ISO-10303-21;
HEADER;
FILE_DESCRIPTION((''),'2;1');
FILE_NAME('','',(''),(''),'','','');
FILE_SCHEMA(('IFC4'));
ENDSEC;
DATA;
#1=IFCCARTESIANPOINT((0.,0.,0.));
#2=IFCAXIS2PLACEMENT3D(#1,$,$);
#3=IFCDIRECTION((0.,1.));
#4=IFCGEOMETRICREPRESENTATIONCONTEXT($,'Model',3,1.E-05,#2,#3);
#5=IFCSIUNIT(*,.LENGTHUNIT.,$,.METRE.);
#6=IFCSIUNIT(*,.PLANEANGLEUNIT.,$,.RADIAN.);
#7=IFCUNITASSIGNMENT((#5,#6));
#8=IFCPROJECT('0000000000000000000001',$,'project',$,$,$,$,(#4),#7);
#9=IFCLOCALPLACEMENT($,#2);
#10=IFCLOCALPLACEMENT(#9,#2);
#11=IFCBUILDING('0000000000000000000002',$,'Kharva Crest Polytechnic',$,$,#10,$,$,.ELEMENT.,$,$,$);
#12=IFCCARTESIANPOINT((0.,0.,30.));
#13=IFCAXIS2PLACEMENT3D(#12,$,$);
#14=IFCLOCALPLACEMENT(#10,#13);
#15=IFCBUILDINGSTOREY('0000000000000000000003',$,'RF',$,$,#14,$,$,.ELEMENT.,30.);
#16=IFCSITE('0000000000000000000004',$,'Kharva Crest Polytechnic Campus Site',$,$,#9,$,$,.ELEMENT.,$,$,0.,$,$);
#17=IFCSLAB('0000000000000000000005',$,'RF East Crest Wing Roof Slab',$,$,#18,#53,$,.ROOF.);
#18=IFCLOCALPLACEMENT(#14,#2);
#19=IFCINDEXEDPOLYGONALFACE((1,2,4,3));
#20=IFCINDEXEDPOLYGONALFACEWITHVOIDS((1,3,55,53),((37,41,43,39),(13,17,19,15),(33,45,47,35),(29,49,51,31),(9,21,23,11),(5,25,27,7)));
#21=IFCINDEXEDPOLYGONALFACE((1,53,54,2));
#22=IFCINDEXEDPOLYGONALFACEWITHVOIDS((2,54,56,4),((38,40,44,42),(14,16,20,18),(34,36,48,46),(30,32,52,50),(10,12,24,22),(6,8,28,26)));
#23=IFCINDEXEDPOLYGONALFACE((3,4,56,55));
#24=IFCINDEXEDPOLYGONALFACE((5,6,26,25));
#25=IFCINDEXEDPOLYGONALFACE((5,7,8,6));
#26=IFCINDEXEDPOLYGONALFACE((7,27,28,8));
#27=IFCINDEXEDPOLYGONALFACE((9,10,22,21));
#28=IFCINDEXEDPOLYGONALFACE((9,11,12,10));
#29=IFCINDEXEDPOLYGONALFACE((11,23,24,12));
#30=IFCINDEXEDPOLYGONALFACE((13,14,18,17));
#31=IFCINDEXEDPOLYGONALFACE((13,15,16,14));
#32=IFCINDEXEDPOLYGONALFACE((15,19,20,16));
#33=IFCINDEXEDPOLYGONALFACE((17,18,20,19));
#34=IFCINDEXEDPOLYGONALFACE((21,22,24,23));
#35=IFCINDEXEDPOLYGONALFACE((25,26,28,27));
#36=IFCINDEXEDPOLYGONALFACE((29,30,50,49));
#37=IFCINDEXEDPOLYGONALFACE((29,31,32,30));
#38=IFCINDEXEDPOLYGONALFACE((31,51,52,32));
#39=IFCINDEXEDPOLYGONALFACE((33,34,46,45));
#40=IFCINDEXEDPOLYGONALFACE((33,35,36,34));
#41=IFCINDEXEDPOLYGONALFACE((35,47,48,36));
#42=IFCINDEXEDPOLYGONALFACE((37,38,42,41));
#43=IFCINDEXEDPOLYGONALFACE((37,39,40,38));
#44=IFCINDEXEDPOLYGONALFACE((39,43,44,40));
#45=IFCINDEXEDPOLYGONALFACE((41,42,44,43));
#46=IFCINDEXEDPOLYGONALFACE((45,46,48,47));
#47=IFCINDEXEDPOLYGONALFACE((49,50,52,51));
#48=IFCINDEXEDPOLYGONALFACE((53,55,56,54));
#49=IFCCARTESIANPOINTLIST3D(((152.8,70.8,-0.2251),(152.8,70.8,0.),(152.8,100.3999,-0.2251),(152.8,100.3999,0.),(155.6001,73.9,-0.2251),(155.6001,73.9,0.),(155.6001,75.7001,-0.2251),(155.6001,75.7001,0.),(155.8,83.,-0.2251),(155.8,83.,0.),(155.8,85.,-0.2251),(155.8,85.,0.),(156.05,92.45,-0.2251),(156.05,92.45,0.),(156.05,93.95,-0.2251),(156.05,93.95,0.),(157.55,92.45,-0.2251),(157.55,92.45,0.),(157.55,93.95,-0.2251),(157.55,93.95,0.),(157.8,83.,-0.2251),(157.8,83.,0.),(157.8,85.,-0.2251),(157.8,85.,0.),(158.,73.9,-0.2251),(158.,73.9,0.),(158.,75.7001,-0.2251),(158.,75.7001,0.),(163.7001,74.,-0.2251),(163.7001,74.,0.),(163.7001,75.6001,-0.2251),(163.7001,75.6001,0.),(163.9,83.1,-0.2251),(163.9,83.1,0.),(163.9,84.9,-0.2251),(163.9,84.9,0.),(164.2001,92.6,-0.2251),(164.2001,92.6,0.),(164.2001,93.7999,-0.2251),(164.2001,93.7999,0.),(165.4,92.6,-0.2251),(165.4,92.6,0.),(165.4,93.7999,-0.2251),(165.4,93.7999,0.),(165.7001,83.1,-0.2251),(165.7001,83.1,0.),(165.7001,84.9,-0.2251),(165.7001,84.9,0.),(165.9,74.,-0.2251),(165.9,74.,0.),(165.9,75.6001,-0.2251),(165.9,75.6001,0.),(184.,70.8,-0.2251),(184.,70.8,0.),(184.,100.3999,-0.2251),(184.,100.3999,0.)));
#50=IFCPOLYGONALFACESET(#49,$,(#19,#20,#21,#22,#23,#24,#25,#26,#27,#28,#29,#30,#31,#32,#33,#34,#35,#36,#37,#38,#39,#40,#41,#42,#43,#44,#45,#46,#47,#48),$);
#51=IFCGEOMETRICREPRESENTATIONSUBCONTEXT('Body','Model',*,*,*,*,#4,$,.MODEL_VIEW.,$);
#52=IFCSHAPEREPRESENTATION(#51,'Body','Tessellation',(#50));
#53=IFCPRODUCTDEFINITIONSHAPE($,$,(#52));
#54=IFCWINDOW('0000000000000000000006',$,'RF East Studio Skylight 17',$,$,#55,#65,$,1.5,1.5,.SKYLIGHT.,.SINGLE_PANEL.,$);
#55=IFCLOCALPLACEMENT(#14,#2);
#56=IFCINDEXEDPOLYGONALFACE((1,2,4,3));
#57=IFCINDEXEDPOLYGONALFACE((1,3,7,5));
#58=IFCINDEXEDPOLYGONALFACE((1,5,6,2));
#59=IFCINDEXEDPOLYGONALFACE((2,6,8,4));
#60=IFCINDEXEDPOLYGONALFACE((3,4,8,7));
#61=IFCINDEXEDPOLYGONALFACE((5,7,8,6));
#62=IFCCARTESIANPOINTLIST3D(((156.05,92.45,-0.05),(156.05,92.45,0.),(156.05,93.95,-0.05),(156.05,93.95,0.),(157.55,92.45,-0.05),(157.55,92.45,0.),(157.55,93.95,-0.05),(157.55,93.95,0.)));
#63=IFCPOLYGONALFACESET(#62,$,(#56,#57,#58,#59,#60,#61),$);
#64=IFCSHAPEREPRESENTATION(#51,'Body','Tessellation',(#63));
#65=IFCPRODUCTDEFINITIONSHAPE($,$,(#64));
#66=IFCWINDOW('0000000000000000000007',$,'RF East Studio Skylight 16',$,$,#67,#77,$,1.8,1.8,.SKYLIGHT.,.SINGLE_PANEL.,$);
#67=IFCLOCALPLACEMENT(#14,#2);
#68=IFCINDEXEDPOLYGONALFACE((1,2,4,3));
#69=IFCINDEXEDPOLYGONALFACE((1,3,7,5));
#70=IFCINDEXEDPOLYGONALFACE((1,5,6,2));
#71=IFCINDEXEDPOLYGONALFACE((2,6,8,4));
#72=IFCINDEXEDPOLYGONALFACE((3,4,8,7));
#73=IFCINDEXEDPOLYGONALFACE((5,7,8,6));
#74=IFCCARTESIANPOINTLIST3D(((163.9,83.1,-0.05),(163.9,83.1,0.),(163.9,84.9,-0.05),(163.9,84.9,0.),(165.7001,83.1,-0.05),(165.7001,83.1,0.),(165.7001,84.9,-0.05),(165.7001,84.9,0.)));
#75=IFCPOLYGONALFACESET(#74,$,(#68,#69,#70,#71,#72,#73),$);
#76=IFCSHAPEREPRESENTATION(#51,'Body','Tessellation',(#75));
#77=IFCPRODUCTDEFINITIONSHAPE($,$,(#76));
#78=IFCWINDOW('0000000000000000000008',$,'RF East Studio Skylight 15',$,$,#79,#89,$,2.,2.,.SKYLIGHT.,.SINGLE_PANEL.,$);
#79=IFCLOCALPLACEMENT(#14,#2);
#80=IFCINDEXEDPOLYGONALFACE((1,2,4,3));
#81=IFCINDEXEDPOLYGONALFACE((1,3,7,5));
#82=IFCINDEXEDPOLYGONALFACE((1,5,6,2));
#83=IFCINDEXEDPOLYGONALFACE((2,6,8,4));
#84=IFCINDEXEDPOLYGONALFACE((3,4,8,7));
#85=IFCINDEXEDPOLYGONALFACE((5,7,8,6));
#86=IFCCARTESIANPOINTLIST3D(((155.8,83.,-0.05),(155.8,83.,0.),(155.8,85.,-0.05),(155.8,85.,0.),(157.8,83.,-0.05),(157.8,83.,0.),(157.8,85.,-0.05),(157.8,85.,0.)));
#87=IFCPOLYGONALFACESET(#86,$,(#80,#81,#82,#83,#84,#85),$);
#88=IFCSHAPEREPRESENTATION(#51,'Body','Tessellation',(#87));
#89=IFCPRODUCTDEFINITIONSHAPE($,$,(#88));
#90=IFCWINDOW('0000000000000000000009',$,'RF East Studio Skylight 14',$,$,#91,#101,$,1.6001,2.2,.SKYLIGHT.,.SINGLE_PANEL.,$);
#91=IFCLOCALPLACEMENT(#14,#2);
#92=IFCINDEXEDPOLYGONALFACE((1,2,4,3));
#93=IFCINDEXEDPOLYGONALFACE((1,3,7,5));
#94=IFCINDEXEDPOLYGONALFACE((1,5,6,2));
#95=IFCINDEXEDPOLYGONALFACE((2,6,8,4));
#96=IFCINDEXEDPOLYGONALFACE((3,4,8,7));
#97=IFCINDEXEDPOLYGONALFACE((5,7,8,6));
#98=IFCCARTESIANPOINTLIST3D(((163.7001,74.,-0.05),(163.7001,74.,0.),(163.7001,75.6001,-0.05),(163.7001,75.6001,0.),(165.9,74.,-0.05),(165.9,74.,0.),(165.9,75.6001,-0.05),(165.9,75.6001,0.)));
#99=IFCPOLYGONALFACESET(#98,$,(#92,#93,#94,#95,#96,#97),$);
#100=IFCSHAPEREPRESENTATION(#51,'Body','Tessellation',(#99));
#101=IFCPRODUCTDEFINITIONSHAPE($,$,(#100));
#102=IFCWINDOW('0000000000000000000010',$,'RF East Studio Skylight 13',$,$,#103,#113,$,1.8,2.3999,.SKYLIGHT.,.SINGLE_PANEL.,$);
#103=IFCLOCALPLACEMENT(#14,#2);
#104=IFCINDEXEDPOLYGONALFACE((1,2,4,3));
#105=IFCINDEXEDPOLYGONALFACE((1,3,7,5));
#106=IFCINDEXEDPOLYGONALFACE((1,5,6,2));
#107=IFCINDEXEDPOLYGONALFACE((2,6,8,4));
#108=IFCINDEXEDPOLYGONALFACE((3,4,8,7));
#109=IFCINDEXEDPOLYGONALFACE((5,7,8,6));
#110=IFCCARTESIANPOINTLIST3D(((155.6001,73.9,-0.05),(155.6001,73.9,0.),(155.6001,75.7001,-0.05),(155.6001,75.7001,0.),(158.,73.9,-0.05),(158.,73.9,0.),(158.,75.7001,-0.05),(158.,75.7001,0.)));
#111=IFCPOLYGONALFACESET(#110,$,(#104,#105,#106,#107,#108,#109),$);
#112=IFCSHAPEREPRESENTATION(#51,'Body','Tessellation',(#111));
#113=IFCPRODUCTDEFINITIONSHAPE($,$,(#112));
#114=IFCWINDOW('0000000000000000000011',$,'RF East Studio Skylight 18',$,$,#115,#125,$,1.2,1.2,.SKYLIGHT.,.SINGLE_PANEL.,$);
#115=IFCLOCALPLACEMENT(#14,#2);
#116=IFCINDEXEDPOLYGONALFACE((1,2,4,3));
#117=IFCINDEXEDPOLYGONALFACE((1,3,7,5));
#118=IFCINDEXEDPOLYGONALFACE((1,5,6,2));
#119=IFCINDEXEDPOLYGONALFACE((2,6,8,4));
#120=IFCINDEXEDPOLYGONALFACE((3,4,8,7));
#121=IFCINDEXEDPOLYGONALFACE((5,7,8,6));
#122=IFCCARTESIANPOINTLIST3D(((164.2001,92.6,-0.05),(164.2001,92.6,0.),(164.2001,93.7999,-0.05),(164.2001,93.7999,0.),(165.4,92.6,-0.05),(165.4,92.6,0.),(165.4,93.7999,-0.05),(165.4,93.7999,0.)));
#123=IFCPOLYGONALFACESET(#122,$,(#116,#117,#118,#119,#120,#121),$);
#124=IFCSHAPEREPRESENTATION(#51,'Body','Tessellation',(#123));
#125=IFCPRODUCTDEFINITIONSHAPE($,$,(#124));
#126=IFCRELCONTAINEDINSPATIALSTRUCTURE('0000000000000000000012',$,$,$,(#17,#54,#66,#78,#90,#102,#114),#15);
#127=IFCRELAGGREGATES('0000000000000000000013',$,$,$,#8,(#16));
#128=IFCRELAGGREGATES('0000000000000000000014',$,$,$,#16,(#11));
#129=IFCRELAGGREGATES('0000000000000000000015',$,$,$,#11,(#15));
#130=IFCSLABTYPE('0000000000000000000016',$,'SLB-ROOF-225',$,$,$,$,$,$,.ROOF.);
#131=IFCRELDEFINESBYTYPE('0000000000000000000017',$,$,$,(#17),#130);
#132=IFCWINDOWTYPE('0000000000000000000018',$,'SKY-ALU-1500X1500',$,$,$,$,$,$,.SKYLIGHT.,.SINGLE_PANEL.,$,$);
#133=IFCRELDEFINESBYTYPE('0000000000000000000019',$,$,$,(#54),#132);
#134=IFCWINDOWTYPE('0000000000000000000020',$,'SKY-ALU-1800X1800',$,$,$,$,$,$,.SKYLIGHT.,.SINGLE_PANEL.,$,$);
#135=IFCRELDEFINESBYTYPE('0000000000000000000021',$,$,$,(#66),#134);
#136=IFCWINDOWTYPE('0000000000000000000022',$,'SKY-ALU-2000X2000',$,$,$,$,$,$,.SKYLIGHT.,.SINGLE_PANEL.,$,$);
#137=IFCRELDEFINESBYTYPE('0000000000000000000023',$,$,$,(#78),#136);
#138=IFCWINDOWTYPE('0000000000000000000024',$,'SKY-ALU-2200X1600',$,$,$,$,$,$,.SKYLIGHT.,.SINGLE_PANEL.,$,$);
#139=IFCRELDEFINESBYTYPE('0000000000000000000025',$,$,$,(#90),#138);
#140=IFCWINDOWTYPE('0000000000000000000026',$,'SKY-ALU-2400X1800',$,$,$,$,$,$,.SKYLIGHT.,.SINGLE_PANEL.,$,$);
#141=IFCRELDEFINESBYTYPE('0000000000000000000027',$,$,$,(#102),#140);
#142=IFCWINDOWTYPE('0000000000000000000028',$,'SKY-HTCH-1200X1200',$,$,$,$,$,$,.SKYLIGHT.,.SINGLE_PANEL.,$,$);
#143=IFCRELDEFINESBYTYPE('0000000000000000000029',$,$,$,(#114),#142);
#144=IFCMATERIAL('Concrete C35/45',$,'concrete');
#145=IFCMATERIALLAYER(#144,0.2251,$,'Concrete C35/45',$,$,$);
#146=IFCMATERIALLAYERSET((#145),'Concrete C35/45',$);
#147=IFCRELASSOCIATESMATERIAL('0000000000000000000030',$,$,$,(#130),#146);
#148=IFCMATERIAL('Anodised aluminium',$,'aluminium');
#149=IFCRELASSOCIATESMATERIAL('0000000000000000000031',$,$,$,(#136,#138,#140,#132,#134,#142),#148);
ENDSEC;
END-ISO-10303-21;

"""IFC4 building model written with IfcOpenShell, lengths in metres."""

from ifc_helpers import new_model, si_unit, direction, frame, origin, origin_2d, place, context, subcontext, project, spatial, polyline, rectangle, outline, extrude, material, layer, layer_set, type_object, element, fill, save


model = new_model("IFC4")

# Units and contexts
model_context = context("Model", 3, precision=1e-05, world=origin(), true_north=direction((0.0, 1.0)))
body_context = subcontext(model_context, "Body", "Model", "MODEL_VIEW")
ifc_project = project(units=[si_unit("LENGTHUNIT", "METRE"), si_unit("PLANEANGLEUNIT", "RADIAN")], contexts=[model_context])

# Site, building, storey
site_placement = place(None, origin())
site = spatial("IfcSite", under=ifc_project, at=site_placement, Name="Kharva Crest Polytechnic Campus Site", CompositionType="ELEMENT", RefElevation=0.0)
building_placement = place(site_placement, origin())
building = spatial("IfcBuilding", under=site, at=building_placement, Name="Kharva Crest Polytechnic", CompositionType="ELEMENT")
storey_placement = place(building_placement, frame((0.0, 0.0, 30.0)))
storey = spatial("IfcBuildingStorey", under=building, at=storey_placement, Name="RF", CompositionType="ELEMENT", Elevation=30.0)

# Slab, openings, windows
ifc_material_1 = material(Name="Concrete C35/45", Category="concrete")
ifc_layer = layer(ifc_material_1, 0.2251, Name="Concrete C35/45")
ifc_layer_set = layer_set([ifc_layer], Name="Concrete C35/45")
slab_type = type_object("IfcSlabType", Name="SLB-ROOF-225", PredefinedType="ROOF", material=ifc_layer_set)
ifc_material_2 = material(Name="Anodised aluminium", Category="aluminium")
window_type_1 = type_object("IfcWindowType", Name="SKY-ALU-2000X2000", PartitioningType="SINGLE_PANEL", PredefinedType="SKYLIGHT", material=ifc_material_2)
window_type_2 = type_object("IfcWindowType", Name="SKY-ALU-2200X1600", PartitioningType="SINGLE_PANEL", PredefinedType="SKYLIGHT", material=ifc_material_2)
window_type_3 = type_object("IfcWindowType", Name="SKY-ALU-2400X1800", PartitioningType="SINGLE_PANEL", PredefinedType="SKYLIGHT", material=ifc_material_2)
window_type_4 = type_object("IfcWindowType", Name="SKY-ALU-1500X1500", PartitioningType="SINGLE_PANEL", PredefinedType="SKYLIGHT", material=ifc_material_2)
window_type_5 = type_object("IfcWindowType", Name="SKY-ALU-1800X1800", PartitioningType="SINGLE_PANEL", PredefinedType="SKYLIGHT", material=ifc_material_2)
window_type_6 = type_object("IfcWindowType", Name="SKY-HTCH-1200X1200", PartitioningType="SINGLE_PANEL", PredefinedType="SKYLIGHT", material=ifc_material_2)
slab_1_placement = place(storey_placement, frame((0.0, 0.0, -0.2251)))
slab_1 = element("IfcSlab", 1, at=slab_1_placement, inside=storey, type_object=slab_type, Name="RF East Crest Wing Roof Slab", PredefinedType="ROOF", context=body_context, shape_type="SweptSolid", body=[
    extrude(outline(polyline([(152.8, 70.8), (184.0, 70.8), (184.0, 100.3999), (152.8, 100.3999), (152.8, 70.8)])), origin(), (0.0, 0.0, 1.0), 0.2251),
])
opening_1_placement = place(slab_1_placement, frame((156.8, 74.8, 0.0), z_axis=(0.0, 0.0, 1.0), x_axis=(1.0, 0.0, 0.0)))
opening_1 = element("IfcOpeningElement", 2, at=opening_1_placement, cuts=slab_1, PredefinedType="OPENING", context=body_context, shape_type="SweptSolid", body=[
    extrude(rectangle(XDim=2.3999, YDim=1.8, at=origin_2d()), origin(), (0.0, 0.0, 1.0), 0.2251),
])
opening_2_placement = place(slab_1_placement, frame((164.8, 74.8, 0.0), z_axis=(0.0, 0.0, 1.0), x_axis=(1.0, 0.0, 0.0)))
opening_2 = element("IfcOpeningElement", 3, at=opening_2_placement, cuts=slab_1, PredefinedType="OPENING", context=body_context, shape_type="SweptSolid", body=[
    extrude(rectangle(XDim=2.2, YDim=1.6001, at=origin_2d()), origin(), (0.0, 0.0, 1.0), 0.2251),
])
opening_3_placement = place(slab_1_placement, frame((156.8, 84.0, 0.0), z_axis=(0.0, 0.0, 1.0), x_axis=(1.0, 0.0, 0.0)))
opening_3 = element("IfcOpeningElement", 4, at=opening_3_placement, cuts=slab_1, PredefinedType="OPENING", context=body_context, shape_type="SweptSolid", body=[
    extrude(rectangle(XDim=2.0, YDim=2.0, at=origin_2d()), origin(), (0.0, 0.0, 1.0), 0.2251),
])
opening_4_placement = place(slab_1_placement, frame((164.8, 84.0, 0.0), z_axis=(0.0, 0.0, 1.0), x_axis=(1.0, 0.0, 0.0)))
opening_4 = element("IfcOpeningElement", 5, at=opening_4_placement, cuts=slab_1, PredefinedType="OPENING", context=body_context, shape_type="SweptSolid", body=[
    extrude(rectangle(XDim=1.8, YDim=1.8, at=origin_2d()), origin(), (0.0, 0.0, 1.0), 0.2251),
])
opening_5_placement = place(slab_1_placement, frame((156.8, 93.2, 0.0), z_axis=(0.0, 0.0, 1.0), x_axis=(1.0, 0.0, 0.0)))
opening_5 = element("IfcOpeningElement", 6, at=opening_5_placement, cuts=slab_1, PredefinedType="OPENING", context=body_context, shape_type="SweptSolid", body=[
    extrude(rectangle(XDim=1.5, YDim=1.5, at=origin_2d()), origin(), (0.0, 0.0, 1.0), 0.2251),
])
opening_6_placement = place(slab_1_placement, frame((164.8, 93.2, 0.0), z_axis=(0.0, 0.0, 1.0), x_axis=(1.0, 0.0, 0.0)))
opening_6 = element("IfcOpeningElement", 7, at=opening_6_placement, cuts=slab_1, PredefinedType="OPENING", context=body_context, shape_type="SweptSolid", body=[
    extrude(rectangle(XDim=1.2, YDim=1.2, at=origin_2d()), origin(), (0.0, 0.0, 1.0), 0.2251),
])
window_1_placement = place(opening_5_placement, frame((0.0, 0.0, 0.175)))
window_1 = element("IfcWindow", 8, at=window_1_placement, inside=storey, type_object=window_type_4, Name="RF East Studio Skylight 17", OverallHeight=1.5, OverallWidth=1.5, PartitioningType="SINGLE_PANEL", PredefinedType="SKYLIGHT", context=body_context, shape_type="SweptSolid", body=[
    extrude(rectangle(XDim=1.5, YDim=1.5, at=origin_2d()), origin(), (0.0, 0.0, 1.0), 0.05),
])
fill(opening_5, window_1)
window_2_placement = place(opening_4_placement, frame((0.0, 0.0, 0.175)))
window_2 = element("IfcWindow", 9, at=window_2_placement, inside=storey, type_object=window_type_5, Name="RF East Studio Skylight 16", OverallHeight=1.8, OverallWidth=1.8, PartitioningType="SINGLE_PANEL", PredefinedType="SKYLIGHT", context=body_context, shape_type="SweptSolid", body=[
    extrude(rectangle(XDim=1.8, YDim=1.8, at=origin_2d()), origin(), (0.0, 0.0, 1.0), 0.05),
])
fill(opening_4, window_2)
window_3_placement = place(opening_3_placement, frame((0.0, 0.0, 0.175)))
window_3 = element("IfcWindow", 10, at=window_3_placement, inside=storey, type_object=window_type_1, Name="RF East Studio Skylight 15", OverallHeight=2.0, OverallWidth=2.0, PartitioningType="SINGLE_PANEL", PredefinedType="SKYLIGHT", context=body_context, shape_type="SweptSolid", body=[
    extrude(rectangle(XDim=2.0, YDim=2.0, at=origin_2d()), origin(), (0.0, 0.0, 1.0), 0.05),
])
fill(opening_3, window_3)
window_4_placement = place(opening_2_placement, frame((0.0, 0.0, 0.175)))
window_4 = element("IfcWindow", 11, at=window_4_placement, inside=storey, type_object=window_type_2, Name="RF East Studio Skylight 14", OverallHeight=1.6001, OverallWidth=2.2, PartitioningType="SINGLE_PANEL", PredefinedType="SKYLIGHT", context=body_context, shape_type="SweptSolid", body=[
    extrude(rectangle(XDim=2.2, YDim=1.6001, at=origin_2d()), origin(), (0.0, 0.0, 1.0), 0.05),
])
fill(opening_2, window_4)
window_5_placement = place(opening_1_placement, frame((0.0, 0.0, 0.175)))
window_5 = element("IfcWindow", 12, at=window_5_placement, inside=storey, type_object=window_type_3, Name="RF East Studio Skylight 13", OverallHeight=1.8, OverallWidth=2.3999, PartitioningType="SINGLE_PANEL", PredefinedType="SKYLIGHT", context=body_context, shape_type="SweptSolid", body=[
    extrude(rectangle(XDim=2.3999, YDim=1.8, at=origin_2d()), origin(), (0.0, 0.0, 1.0), 0.05),
])
fill(opening_1, window_5)
window_6_placement = place(opening_6_placement, frame((0.0, 0.0, 0.175)))
window_6 = element("IfcWindow", 13, at=window_6_placement, inside=storey, type_object=window_type_6, Name="RF East Studio Skylight 18", OverallHeight=1.2, OverallWidth=1.2, PartitioningType="SINGLE_PANEL", PredefinedType="SKYLIGHT", context=body_context, shape_type="SweptSolid", body=[
    extrude(rectangle(XDim=1.2, YDim=1.2, at=origin_2d()), origin(), (0.0, 0.0, 1.0), 0.05),
])
fill(opening_6, window_6)

save(model, "model.ifc")
